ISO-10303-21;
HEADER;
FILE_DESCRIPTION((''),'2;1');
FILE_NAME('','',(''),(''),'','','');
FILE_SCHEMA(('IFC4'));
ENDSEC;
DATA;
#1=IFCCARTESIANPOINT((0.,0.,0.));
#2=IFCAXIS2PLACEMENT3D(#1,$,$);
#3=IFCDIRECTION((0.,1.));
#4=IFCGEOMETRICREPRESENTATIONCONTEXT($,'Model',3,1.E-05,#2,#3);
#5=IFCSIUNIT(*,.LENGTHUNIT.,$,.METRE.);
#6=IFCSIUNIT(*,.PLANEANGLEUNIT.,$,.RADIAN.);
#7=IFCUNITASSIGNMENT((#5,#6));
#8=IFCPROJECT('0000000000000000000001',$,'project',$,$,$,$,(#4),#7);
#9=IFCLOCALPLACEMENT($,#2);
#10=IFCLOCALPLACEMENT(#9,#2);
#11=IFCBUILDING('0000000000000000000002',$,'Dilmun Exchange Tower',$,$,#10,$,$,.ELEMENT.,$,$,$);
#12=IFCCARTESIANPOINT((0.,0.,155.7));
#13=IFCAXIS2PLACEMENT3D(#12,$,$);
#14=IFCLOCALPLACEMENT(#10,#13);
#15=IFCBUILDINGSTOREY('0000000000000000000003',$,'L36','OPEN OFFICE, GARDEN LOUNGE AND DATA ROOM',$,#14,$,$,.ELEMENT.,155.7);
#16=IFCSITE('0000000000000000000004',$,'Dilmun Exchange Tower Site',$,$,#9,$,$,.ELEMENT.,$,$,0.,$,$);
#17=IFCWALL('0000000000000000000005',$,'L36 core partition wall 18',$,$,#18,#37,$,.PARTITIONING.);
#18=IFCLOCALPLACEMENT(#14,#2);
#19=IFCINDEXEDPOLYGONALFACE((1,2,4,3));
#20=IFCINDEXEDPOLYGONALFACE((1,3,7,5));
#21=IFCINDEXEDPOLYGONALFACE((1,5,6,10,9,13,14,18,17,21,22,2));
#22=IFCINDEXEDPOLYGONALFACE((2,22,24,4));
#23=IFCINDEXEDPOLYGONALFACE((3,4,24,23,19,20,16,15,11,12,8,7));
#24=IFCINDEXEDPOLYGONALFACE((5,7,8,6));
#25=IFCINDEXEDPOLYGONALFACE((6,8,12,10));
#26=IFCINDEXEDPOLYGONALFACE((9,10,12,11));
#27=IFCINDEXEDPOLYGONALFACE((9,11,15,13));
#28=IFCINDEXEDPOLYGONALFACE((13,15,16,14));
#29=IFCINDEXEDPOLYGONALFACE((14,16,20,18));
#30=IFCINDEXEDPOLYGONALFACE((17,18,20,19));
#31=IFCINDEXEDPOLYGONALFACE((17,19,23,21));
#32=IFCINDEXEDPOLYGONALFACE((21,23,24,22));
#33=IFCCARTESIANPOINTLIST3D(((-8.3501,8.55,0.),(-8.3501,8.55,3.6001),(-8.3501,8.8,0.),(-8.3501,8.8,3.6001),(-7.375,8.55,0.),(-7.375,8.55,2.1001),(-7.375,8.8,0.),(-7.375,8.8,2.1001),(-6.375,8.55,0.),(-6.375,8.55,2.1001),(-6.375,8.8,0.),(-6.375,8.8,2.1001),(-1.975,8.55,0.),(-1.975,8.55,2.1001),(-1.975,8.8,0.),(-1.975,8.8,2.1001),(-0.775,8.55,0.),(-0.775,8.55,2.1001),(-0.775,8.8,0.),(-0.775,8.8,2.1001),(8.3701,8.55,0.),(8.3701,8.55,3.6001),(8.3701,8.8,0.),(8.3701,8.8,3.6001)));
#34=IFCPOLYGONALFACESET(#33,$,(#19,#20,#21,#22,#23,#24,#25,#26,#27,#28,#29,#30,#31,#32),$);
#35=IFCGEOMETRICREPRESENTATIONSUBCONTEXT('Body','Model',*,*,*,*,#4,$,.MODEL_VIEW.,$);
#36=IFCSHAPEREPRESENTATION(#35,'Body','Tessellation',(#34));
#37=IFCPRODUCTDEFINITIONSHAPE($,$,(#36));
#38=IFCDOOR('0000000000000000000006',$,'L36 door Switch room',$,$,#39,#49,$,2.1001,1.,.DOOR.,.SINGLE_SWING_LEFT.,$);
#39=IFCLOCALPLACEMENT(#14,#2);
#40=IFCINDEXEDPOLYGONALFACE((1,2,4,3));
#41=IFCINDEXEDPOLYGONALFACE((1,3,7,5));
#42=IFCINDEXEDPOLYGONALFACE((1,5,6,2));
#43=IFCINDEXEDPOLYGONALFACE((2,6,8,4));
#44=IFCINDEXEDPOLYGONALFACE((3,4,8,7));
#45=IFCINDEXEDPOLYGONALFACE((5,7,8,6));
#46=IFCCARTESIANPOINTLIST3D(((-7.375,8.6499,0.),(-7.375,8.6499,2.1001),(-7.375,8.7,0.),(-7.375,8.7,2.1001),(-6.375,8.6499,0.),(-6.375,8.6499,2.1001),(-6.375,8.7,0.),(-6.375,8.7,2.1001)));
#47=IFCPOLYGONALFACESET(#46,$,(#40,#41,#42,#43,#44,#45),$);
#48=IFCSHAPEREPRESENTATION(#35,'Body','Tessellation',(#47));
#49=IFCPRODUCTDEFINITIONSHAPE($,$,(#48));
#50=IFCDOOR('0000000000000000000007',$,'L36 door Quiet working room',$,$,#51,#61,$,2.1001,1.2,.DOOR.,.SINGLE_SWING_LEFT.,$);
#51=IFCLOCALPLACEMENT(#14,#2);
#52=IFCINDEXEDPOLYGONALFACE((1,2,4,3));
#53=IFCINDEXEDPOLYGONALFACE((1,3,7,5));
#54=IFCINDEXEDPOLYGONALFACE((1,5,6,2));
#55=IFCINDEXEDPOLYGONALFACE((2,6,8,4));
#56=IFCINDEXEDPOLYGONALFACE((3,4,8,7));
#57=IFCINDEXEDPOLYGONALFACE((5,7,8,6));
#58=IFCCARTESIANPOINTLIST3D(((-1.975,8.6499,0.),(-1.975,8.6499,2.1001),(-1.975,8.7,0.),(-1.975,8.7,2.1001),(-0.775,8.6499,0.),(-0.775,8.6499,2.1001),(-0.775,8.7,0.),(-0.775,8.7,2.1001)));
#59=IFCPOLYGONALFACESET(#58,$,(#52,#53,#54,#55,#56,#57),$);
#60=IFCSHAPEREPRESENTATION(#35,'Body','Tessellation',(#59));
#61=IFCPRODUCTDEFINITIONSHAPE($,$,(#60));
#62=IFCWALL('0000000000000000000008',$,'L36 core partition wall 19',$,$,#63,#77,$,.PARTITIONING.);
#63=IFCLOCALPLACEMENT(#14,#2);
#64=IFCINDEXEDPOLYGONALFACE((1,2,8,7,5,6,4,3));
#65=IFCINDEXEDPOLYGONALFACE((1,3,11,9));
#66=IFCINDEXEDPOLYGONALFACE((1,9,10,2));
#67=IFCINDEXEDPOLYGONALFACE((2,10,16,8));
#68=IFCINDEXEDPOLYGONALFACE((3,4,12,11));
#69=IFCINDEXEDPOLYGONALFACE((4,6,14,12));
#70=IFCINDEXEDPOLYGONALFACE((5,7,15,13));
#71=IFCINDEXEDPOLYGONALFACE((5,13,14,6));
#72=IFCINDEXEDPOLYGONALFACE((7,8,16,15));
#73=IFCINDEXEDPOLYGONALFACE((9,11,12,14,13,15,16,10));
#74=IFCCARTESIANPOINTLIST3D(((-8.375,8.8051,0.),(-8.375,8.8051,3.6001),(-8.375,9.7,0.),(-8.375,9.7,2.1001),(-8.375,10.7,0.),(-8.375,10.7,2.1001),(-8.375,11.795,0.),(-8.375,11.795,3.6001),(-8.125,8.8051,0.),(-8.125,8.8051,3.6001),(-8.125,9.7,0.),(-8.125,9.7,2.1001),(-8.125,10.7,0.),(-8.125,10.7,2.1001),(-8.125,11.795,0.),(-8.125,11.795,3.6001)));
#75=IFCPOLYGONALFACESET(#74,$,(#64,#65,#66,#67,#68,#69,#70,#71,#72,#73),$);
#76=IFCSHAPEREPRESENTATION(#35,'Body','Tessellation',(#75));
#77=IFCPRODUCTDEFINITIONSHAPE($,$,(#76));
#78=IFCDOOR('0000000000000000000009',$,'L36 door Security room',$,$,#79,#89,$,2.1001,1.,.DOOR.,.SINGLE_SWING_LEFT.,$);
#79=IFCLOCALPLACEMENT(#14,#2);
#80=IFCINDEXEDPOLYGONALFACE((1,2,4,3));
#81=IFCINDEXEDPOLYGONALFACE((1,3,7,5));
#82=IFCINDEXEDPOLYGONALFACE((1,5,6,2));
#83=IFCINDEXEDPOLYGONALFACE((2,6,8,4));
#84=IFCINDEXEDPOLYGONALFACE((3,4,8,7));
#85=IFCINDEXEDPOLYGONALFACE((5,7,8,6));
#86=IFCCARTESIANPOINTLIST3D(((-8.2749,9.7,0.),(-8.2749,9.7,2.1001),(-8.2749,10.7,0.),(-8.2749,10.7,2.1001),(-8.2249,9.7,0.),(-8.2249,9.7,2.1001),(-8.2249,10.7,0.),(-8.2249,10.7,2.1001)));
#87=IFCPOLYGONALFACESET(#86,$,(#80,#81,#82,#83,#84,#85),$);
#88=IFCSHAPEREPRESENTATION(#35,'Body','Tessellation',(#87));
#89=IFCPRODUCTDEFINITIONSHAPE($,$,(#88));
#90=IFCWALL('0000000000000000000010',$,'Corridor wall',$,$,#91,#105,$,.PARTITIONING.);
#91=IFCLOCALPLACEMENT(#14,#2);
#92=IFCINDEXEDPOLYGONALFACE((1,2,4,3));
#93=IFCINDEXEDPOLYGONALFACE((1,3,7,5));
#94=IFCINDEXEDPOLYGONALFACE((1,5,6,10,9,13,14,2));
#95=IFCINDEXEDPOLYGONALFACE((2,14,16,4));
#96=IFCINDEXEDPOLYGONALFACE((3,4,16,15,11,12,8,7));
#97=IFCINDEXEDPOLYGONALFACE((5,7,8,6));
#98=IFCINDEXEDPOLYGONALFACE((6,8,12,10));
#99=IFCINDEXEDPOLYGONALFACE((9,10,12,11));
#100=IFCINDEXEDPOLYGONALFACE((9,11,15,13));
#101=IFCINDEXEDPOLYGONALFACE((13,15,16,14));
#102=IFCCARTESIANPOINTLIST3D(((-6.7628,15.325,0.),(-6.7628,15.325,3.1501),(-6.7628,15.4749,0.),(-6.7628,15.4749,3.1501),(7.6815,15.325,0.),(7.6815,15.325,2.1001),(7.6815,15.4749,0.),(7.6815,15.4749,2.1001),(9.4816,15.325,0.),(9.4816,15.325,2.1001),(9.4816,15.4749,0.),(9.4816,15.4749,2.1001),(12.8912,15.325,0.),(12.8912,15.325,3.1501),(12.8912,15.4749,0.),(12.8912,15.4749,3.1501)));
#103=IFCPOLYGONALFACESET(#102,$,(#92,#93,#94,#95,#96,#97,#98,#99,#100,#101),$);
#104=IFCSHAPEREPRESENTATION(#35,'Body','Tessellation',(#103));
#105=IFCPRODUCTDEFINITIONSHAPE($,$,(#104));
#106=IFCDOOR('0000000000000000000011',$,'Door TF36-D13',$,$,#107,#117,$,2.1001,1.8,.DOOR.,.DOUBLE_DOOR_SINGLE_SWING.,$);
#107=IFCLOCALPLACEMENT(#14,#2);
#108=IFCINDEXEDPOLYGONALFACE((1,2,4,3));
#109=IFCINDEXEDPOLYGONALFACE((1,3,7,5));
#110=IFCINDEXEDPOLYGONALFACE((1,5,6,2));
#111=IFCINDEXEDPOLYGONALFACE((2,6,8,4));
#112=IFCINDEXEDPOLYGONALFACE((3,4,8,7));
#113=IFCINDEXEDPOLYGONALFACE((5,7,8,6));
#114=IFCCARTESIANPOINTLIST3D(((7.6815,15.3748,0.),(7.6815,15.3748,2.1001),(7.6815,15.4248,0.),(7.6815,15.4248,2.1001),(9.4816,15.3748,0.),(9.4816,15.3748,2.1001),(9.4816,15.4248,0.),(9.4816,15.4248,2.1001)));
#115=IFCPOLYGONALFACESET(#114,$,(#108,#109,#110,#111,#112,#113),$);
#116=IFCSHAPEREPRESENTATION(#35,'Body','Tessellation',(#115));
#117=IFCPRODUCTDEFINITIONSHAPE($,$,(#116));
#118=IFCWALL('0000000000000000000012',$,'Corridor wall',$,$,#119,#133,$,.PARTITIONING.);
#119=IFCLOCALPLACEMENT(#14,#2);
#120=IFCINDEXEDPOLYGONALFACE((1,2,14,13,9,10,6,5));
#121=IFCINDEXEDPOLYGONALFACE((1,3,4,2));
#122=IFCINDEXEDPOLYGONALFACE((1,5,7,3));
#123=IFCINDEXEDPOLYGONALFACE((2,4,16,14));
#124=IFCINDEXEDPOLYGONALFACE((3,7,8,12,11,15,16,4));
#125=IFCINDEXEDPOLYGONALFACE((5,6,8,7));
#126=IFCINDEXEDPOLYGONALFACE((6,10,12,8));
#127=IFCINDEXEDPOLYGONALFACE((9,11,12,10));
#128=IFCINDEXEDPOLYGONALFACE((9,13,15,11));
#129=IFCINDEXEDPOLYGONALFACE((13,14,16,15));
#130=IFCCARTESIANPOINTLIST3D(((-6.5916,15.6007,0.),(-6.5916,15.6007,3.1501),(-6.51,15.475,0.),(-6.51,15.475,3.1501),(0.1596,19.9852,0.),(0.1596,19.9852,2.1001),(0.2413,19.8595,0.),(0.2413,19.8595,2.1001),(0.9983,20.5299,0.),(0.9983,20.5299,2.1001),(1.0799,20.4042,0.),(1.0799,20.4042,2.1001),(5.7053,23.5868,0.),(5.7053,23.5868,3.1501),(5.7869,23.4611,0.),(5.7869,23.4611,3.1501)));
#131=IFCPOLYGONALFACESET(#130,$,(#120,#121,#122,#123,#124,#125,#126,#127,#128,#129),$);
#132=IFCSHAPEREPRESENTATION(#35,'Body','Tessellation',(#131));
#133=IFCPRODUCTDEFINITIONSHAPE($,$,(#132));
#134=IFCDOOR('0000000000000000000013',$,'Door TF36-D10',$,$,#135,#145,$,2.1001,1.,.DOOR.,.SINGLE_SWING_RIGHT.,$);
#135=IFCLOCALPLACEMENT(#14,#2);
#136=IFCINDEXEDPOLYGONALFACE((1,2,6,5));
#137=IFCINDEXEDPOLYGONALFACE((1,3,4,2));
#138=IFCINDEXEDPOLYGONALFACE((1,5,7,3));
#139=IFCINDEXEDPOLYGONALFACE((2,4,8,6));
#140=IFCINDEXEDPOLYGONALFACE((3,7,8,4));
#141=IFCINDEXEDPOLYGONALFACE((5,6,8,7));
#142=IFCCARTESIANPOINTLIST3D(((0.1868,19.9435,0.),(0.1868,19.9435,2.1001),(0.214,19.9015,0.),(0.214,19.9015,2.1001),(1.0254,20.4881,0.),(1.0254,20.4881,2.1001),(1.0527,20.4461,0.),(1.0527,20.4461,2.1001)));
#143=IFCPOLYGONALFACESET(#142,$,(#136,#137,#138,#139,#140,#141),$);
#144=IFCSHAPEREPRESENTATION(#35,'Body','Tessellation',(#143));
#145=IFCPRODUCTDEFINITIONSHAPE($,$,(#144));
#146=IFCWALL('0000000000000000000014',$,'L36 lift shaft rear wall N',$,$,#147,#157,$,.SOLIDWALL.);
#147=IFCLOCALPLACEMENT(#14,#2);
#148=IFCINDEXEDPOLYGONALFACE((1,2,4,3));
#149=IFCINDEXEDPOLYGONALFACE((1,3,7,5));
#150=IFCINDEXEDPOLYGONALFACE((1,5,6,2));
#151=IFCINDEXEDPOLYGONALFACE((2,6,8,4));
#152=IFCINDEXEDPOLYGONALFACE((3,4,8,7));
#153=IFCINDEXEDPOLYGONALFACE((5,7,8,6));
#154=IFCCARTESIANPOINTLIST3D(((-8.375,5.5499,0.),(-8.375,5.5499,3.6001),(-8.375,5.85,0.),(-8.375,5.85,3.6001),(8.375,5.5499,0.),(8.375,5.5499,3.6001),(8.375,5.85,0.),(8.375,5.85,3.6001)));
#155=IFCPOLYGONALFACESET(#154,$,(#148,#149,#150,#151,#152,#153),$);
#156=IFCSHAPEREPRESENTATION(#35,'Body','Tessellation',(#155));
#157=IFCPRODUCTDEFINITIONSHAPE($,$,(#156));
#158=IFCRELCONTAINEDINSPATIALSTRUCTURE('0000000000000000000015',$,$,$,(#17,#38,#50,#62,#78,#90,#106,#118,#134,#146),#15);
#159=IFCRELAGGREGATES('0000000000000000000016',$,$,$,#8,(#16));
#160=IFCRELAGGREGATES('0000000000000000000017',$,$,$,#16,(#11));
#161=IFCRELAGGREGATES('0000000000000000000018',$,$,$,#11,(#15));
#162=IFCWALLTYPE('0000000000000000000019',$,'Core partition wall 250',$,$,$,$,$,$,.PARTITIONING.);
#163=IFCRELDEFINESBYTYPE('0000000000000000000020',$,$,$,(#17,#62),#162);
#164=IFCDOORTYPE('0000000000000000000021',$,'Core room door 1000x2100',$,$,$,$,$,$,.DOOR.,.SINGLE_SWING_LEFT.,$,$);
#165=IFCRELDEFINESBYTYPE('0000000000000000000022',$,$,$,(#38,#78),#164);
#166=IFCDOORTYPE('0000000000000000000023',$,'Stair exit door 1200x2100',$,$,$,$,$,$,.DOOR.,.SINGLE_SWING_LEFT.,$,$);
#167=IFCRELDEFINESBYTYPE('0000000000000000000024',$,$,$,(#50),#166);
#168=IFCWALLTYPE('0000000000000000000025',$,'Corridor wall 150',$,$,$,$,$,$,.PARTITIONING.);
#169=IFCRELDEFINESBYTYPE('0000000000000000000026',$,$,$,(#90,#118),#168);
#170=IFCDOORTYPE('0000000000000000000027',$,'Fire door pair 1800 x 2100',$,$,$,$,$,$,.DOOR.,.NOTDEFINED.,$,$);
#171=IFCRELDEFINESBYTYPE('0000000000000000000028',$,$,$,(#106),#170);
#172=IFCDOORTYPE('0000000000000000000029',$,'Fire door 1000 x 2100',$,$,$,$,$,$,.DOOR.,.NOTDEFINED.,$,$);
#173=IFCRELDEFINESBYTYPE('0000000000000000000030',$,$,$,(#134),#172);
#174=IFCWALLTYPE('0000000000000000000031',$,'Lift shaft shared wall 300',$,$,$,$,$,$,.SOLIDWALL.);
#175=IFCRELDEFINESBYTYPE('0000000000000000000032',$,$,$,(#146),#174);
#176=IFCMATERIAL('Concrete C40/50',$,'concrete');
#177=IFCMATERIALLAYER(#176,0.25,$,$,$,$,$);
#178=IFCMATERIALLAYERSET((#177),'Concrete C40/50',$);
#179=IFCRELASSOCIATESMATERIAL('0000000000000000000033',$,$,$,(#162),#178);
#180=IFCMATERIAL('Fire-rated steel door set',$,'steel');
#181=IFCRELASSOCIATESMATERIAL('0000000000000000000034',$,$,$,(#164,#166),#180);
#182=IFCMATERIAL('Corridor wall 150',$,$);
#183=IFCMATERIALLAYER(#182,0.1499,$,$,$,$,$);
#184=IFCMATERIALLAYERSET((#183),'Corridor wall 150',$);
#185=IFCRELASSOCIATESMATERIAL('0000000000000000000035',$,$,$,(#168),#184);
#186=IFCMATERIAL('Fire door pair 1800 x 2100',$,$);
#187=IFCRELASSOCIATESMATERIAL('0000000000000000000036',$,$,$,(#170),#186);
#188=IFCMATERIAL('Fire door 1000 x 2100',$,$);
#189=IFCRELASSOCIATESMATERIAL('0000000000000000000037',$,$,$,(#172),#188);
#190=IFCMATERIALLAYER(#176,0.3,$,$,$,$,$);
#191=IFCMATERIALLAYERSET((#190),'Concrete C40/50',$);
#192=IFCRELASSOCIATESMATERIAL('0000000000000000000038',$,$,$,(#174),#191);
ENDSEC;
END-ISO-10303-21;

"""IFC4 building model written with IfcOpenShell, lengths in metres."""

from ifc_helpers import new_model, si_unit, direction, frame, frame_2d, origin, place, context, subcontext, project, spatial, rectangle, extrude, material, layer, layer_set, type_object, element, fill, save


model = new_model("IFC4")

# Units and contexts
model_context = context("Model", 3, precision=1e-05, world=origin(), true_north=direction((0.0, 1.0)))
body_context = subcontext(model_context, "Body", "Model", "MODEL_VIEW")
ifc_project = project(units=[si_unit("LENGTHUNIT", "METRE"), si_unit("PLANEANGLEUNIT", "RADIAN")], contexts=[model_context])

# Site, building, storey
site_placement = place(None, origin())
site = spatial("IfcSite", under=ifc_project, at=site_placement, Name="Dilmun Exchange Tower Site", CompositionType="ELEMENT", RefElevation=0.0)
building_placement = place(site_placement, origin())
building = spatial("IfcBuilding", under=site, at=building_placement, Name="Dilmun Exchange Tower", CompositionType="ELEMENT")
storey_placement = place(building_placement, frame((0.0, 0.0, 155.7)))
storey = spatial("IfcBuildingStorey", under=building, at=storey_placement, Name="L36", Description="OPEN OFFICE, GARDEN LOUNGE AND DATA ROOM", CompositionType="ELEMENT", Elevation=155.7)

# Shared definitions
ifc_material_1 = material(Name="Concrete C40/50", Category="concrete")

# Shared definitions
ifc_layer_1 = layer(ifc_material_1, 0.25)
ifc_layer_set_1 = layer_set([ifc_layer_1], Name="Concrete C40/50")
wall_type_1 = type_object("IfcWallType", Name="Core partition wall 250", PredefinedType="PARTITIONING", material=ifc_layer_set_1)

# Wall, openings, doors
wall_1_placement = place(storey_placement, frame((-8.3501, 8.675, 0.0), z_axis=(0.0, 0.0, 1.0), x_axis=(1.0, 0.0, 0.0)))
wall_1 = element("IfcWall", 1, at=wall_1_placement, inside=storey, type_object=wall_type_1, Name="L36 core partition wall 18", PredefinedType="PARTITIONING", context=body_context, shape_type="SweptSolid", body=[
    extrude(rectangle(XDim=16.7202, YDim=0.25, at=frame_2d((8.3601, 0.0))), origin(), (0.0, 0.0, 1.0), 3.6001),
])
opening_1_placement = place(wall_1_placement, frame((0.9751, 0.0, 0.0)))
opening_1 = element("IfcOpeningElement", 2, at=opening_1_placement, cuts=wall_1, PredefinedType="OPENING", context=body_context, shape_type="SweptSolid", body=[
    extrude(rectangle(XDim=1.0, YDim=2.1001, at=frame_2d((0.5, 1.05))), frame((0.0, 0.135, 0.0), z_axis=(0.0, -1.0, 0.0), x_axis=(1.0, 0.0, 0.0)), (0.0, 0.0, 1.0), 0.27),
])
opening_2_placement = place(wall_1_placement, frame((6.375, 0.0, 0.0)))
opening_2 = element("IfcOpeningElement", 3, at=opening_2_placement, cuts=wall_1, PredefinedType="OPENING", context=body_context, shape_type="SweptSolid", body=[
    extrude(rectangle(XDim=1.2, YDim=2.1001, at=frame_2d((0.6001, 1.05))), frame((0.0, 0.135, 0.0), z_axis=(0.0, -1.0, 0.0), x_axis=(1.0, 0.0, 0.0)), (0.0, 0.0, 1.0), 0.27),
])
ifc_material_2 = material(Name="Fire-rated steel door set", Category="steel")
door_type_1 = type_object("IfcDoorType", Name="Core room door 1000x2100", OperationType="SINGLE_SWING_LEFT", PredefinedType="DOOR", material=ifc_material_2)
door_1_placement = place(opening_1_placement, origin())
door_1 = element("IfcDoor", 4, at=door_1_placement, inside=storey, type_object=door_type_1, Name="L36 door Switch room", OperationType="SINGLE_SWING_LEFT", OverallHeight=2.1001, OverallWidth=1.0, PredefinedType="DOOR", context=body_context, shape_type="SweptSolid", body=[
    extrude(rectangle(XDim=1.0, YDim=2.1001, at=frame_2d((0.5, 1.05))), frame((0.0, 0.0249, 0.0), z_axis=(0.0, -1.0, 0.0), x_axis=(1.0, 0.0, 0.0)), (0.0, 0.0, 1.0), 0.05),
])
fill(opening_1, door_1)
door_type_2 = type_object("IfcDoorType", Name="Stair exit door 1200x2100", OperationType="SINGLE_SWING_LEFT", PredefinedType="DOOR", material=ifc_material_2)
door_2_placement = place(opening_2_placement, origin())
door_2 = element("IfcDoor", 5, at=door_2_placement, inside=storey, type_object=door_type_2, Name="L36 door Quiet working room", OperationType="SINGLE_SWING_LEFT", OverallHeight=2.1001, OverallWidth=1.2, PredefinedType="DOOR", context=body_context, shape_type="SweptSolid", body=[
    extrude(rectangle(XDim=1.2, YDim=2.1001, at=frame_2d((0.6001, 1.05))), frame((0.0, 0.0249, 0.0), z_axis=(0.0, -1.0, 0.0), x_axis=(1.0, 0.0, 0.0)), (0.0, 0.0, 1.0), 0.05),
])
fill(opening_2, door_2)

# Walls, openings, doors
wall_2_placement = place(storey_placement, frame((-8.25, 8.8049, 0.0), z_axis=(0.0, 0.0, 1.0), x_axis=(0.0, 1.0, 0.0)))
wall_2 = element("IfcWall", 6, at=wall_2_placement, inside=storey, type_object=wall_type_1, Name="L36 core partition wall 19", PredefinedType="PARTITIONING", context=body_context, shape_type="SweptSolid", body=[
    extrude(rectangle(XDim=2.99, YDim=0.25, at=frame_2d((1.4951, 0.0))), origin(), (0.0, 0.0, 1.0), 3.6001),
])
opening_3_placement = place(wall_2_placement, frame((0.895, 0.0, 0.0)))
opening_3 = element("IfcOpeningElement", 7, at=opening_3_placement, cuts=wall_2, PredefinedType="OPENING", context=body_context, shape_type="SweptSolid", body=[
    extrude(rectangle(XDim=1.0, YDim=2.1001, at=frame_2d((0.5, 1.05))), frame((0.0, 0.135, 0.0), z_axis=(0.0, -1.0, 0.0), x_axis=(1.0, 0.0, 0.0)), (0.0, 0.0, 1.0), 0.27),
])
door_3_placement = place(opening_3_placement, origin())
door_3 = element("IfcDoor", 8, at=door_3_placement, inside=storey, type_object=door_type_1, Name="L36 door Security room", OperationType="SINGLE_SWING_LEFT", OverallHeight=2.1001, OverallWidth=1.0, PredefinedType="DOOR", context=body_context, shape_type="SweptSolid", body=[
    extrude(rectangle(XDim=1.0, YDim=2.1001, at=frame_2d((0.5, 1.05))), frame((0.0, 0.0249, 0.0), z_axis=(0.0, -1.0, 0.0), x_axis=(1.0, 0.0, 0.0)), (0.0, 0.0, 1.0), 0.05),
])
fill(opening_3, door_3)
ifc_material_3 = material(Name="Corridor wall 150")
ifc_layer_2 = layer(ifc_material_3, 0.1499)
ifc_layer_set_2 = layer_set([ifc_layer_2], Name="Corridor wall 150")
wall_type_2 = type_object("IfcWallType", Name="Corridor wall 150", PredefinedType="PARTITIONING", material=ifc_layer_set_2)
wall_3_placement = place(storey_placement, frame((-6.7629, 15.3999, 0.0), z_axis=(0.0, 0.0, 1.0), x_axis=(1.0, 0.0, 0.0)))
wall_3 = element("IfcWall", 9, at=wall_3_placement, inside=storey, type_object=wall_type_2, Name="Corridor wall", PredefinedType="PARTITIONING", context=body_context, shape_type="SweptSolid", body=[
    extrude(rectangle(XDim=19.6541, YDim=0.1499, at=frame_2d((9.8271, 0.0))), origin(), (0.0, 0.0, 1.0), 3.1501),
])
opening_4_placement = place(wall_3_placement, frame((14.4446, 0.0, 0.0)))
opening_4 = element("IfcOpeningElement", 10, at=opening_4_placement, cuts=wall_3, PredefinedType="OPENING", context=body_context, shape_type="SweptSolid", body=[
    extrude(rectangle(XDim=1.8, YDim=2.1001, at=frame_2d((0.8999, 1.05))), frame((0.0, 0.085, 0.0), z_axis=(0.0, -1.0, 0.0), x_axis=(1.0, 0.0, 0.0)), (0.0, 0.0, 1.0), 0.1699),
])
ifc_material_4 = material(Name="Fire door pair 1800 x 2100")
door_type_3 = type_object("IfcDoorType", Name="Fire door pair 1800 x 2100", OperationType="NOTDEFINED", PredefinedType="DOOR", material=ifc_material_4)
door_4_placement = place(opening_4_placement, origin())
door_4 = element("IfcDoor", 11, at=door_4_placement, inside=storey, type_object=door_type_3, Name="Door TF36-D13", OperationType="DOUBLE_DOOR_SINGLE_SWING", OverallHeight=2.1001, OverallWidth=1.8, PredefinedType="DOOR", context=body_context, shape_type="SweptSolid", body=[
    extrude(rectangle(XDim=1.8, YDim=2.1001, at=frame_2d((0.8999, 1.05))), frame((0.0, 0.0249, 0.0), z_axis=(0.0, -1.0, 0.0), x_axis=(1.0, 0.0, 0.0)), (0.0, 0.0, 1.0), 0.05),
])
fill(opening_4, door_4)
wall_4_placement = place(storey_placement, frame((-6.5508, 15.5378, 0.0), z_axis=(0.0, 0.0, 1.0), x_axis=(0.838658, 0.544658, 0.0)))
wall_4 = element("IfcWall", 12, at=wall_4_placement, inside=storey, type_object=wall_type_2, Name="Corridor wall", PredefinedType="PARTITIONING", context=body_context, shape_type="SweptSolid", body=[
    extrude(rectangle(XDim=14.6626, YDim=0.1499, at=frame_2d((7.3313, 0.0))), origin(), (0.0, 0.0, 1.0), 3.1501),
])
opening_5_placement = place(wall_4_placement, frame((8.05, 0.0, 0.0)))
opening_5 = element("IfcOpeningElement", 13, at=opening_5_placement, cuts=wall_4, PredefinedType="OPENING", context=body_context, shape_type="SweptSolid", body=[
    extrude(rectangle(XDim=1.0, YDim=2.1001, at=frame_2d((0.5, 1.05))), frame((0.0, 0.085, 0.0), z_axis=(0.0, -1.0, 0.0), x_axis=(1.0, 0.0, 0.0)), (0.0, 0.0, 1.0), 0.1699),
])
ifc_material_5 = material(Name="Fire door 1000 x 2100")
door_type_4 = type_object("IfcDoorType", Name="Fire door 1000 x 2100", OperationType="NOTDEFINED", PredefinedType="DOOR", material=ifc_material_5)
door_5_placement = place(opening_5_placement, frame((1.0, 0.0, 0.0), z_axis=(0.0, 0.0, 1.0), x_axis=(-1.0, 0.0, 0.0)))
door_5 = element("IfcDoor", 14, at=door_5_placement, inside=storey, type_object=door_type_4, Name="Door TF36-D10", OperationType="SINGLE_SWING_RIGHT", OverallHeight=2.1001, OverallWidth=1.0, PredefinedType="DOOR", context=body_context, shape_type="SweptSolid", body=[
    extrude(rectangle(XDim=1.0, YDim=2.1001, at=frame_2d((0.5, 1.05))), frame((0.0, 0.0249, 0.0), z_axis=(0.0, -1.0, 0.0), x_axis=(1.0, 0.0, 0.0)), (0.0, 0.0, 1.0), 0.05),
])
fill(opening_5, door_5)

# Wall
ifc_layer_3 = layer(ifc_material_1, 0.3)
ifc_layer_set_3 = layer_set([ifc_layer_3], Name="Concrete C40/50")
wall_type_3 = type_object("IfcWallType", Name="Lift shaft shared wall 300", PredefinedType="SOLIDWALL", material=ifc_layer_set_3)
wall_5_placement = place(storey_placement, frame((-8.375, 5.7, 0.0), z_axis=(0.0, 0.0, 1.0), x_axis=(1.0, 0.0, 0.0)))
element("IfcWall", 15, at=wall_5_placement, inside=storey, type_object=wall_type_3, Name="L36 lift shaft rear wall N", PredefinedType="SOLIDWALL", context=body_context, shape_type="SweptSolid", body=[
    extrude(rectangle(XDim=16.75, YDim=0.3, at=frame_2d((8.375, 0.0))), origin(), (0.0, 0.0, 1.0), 3.6001),
])

save(model, "model.ifc")
